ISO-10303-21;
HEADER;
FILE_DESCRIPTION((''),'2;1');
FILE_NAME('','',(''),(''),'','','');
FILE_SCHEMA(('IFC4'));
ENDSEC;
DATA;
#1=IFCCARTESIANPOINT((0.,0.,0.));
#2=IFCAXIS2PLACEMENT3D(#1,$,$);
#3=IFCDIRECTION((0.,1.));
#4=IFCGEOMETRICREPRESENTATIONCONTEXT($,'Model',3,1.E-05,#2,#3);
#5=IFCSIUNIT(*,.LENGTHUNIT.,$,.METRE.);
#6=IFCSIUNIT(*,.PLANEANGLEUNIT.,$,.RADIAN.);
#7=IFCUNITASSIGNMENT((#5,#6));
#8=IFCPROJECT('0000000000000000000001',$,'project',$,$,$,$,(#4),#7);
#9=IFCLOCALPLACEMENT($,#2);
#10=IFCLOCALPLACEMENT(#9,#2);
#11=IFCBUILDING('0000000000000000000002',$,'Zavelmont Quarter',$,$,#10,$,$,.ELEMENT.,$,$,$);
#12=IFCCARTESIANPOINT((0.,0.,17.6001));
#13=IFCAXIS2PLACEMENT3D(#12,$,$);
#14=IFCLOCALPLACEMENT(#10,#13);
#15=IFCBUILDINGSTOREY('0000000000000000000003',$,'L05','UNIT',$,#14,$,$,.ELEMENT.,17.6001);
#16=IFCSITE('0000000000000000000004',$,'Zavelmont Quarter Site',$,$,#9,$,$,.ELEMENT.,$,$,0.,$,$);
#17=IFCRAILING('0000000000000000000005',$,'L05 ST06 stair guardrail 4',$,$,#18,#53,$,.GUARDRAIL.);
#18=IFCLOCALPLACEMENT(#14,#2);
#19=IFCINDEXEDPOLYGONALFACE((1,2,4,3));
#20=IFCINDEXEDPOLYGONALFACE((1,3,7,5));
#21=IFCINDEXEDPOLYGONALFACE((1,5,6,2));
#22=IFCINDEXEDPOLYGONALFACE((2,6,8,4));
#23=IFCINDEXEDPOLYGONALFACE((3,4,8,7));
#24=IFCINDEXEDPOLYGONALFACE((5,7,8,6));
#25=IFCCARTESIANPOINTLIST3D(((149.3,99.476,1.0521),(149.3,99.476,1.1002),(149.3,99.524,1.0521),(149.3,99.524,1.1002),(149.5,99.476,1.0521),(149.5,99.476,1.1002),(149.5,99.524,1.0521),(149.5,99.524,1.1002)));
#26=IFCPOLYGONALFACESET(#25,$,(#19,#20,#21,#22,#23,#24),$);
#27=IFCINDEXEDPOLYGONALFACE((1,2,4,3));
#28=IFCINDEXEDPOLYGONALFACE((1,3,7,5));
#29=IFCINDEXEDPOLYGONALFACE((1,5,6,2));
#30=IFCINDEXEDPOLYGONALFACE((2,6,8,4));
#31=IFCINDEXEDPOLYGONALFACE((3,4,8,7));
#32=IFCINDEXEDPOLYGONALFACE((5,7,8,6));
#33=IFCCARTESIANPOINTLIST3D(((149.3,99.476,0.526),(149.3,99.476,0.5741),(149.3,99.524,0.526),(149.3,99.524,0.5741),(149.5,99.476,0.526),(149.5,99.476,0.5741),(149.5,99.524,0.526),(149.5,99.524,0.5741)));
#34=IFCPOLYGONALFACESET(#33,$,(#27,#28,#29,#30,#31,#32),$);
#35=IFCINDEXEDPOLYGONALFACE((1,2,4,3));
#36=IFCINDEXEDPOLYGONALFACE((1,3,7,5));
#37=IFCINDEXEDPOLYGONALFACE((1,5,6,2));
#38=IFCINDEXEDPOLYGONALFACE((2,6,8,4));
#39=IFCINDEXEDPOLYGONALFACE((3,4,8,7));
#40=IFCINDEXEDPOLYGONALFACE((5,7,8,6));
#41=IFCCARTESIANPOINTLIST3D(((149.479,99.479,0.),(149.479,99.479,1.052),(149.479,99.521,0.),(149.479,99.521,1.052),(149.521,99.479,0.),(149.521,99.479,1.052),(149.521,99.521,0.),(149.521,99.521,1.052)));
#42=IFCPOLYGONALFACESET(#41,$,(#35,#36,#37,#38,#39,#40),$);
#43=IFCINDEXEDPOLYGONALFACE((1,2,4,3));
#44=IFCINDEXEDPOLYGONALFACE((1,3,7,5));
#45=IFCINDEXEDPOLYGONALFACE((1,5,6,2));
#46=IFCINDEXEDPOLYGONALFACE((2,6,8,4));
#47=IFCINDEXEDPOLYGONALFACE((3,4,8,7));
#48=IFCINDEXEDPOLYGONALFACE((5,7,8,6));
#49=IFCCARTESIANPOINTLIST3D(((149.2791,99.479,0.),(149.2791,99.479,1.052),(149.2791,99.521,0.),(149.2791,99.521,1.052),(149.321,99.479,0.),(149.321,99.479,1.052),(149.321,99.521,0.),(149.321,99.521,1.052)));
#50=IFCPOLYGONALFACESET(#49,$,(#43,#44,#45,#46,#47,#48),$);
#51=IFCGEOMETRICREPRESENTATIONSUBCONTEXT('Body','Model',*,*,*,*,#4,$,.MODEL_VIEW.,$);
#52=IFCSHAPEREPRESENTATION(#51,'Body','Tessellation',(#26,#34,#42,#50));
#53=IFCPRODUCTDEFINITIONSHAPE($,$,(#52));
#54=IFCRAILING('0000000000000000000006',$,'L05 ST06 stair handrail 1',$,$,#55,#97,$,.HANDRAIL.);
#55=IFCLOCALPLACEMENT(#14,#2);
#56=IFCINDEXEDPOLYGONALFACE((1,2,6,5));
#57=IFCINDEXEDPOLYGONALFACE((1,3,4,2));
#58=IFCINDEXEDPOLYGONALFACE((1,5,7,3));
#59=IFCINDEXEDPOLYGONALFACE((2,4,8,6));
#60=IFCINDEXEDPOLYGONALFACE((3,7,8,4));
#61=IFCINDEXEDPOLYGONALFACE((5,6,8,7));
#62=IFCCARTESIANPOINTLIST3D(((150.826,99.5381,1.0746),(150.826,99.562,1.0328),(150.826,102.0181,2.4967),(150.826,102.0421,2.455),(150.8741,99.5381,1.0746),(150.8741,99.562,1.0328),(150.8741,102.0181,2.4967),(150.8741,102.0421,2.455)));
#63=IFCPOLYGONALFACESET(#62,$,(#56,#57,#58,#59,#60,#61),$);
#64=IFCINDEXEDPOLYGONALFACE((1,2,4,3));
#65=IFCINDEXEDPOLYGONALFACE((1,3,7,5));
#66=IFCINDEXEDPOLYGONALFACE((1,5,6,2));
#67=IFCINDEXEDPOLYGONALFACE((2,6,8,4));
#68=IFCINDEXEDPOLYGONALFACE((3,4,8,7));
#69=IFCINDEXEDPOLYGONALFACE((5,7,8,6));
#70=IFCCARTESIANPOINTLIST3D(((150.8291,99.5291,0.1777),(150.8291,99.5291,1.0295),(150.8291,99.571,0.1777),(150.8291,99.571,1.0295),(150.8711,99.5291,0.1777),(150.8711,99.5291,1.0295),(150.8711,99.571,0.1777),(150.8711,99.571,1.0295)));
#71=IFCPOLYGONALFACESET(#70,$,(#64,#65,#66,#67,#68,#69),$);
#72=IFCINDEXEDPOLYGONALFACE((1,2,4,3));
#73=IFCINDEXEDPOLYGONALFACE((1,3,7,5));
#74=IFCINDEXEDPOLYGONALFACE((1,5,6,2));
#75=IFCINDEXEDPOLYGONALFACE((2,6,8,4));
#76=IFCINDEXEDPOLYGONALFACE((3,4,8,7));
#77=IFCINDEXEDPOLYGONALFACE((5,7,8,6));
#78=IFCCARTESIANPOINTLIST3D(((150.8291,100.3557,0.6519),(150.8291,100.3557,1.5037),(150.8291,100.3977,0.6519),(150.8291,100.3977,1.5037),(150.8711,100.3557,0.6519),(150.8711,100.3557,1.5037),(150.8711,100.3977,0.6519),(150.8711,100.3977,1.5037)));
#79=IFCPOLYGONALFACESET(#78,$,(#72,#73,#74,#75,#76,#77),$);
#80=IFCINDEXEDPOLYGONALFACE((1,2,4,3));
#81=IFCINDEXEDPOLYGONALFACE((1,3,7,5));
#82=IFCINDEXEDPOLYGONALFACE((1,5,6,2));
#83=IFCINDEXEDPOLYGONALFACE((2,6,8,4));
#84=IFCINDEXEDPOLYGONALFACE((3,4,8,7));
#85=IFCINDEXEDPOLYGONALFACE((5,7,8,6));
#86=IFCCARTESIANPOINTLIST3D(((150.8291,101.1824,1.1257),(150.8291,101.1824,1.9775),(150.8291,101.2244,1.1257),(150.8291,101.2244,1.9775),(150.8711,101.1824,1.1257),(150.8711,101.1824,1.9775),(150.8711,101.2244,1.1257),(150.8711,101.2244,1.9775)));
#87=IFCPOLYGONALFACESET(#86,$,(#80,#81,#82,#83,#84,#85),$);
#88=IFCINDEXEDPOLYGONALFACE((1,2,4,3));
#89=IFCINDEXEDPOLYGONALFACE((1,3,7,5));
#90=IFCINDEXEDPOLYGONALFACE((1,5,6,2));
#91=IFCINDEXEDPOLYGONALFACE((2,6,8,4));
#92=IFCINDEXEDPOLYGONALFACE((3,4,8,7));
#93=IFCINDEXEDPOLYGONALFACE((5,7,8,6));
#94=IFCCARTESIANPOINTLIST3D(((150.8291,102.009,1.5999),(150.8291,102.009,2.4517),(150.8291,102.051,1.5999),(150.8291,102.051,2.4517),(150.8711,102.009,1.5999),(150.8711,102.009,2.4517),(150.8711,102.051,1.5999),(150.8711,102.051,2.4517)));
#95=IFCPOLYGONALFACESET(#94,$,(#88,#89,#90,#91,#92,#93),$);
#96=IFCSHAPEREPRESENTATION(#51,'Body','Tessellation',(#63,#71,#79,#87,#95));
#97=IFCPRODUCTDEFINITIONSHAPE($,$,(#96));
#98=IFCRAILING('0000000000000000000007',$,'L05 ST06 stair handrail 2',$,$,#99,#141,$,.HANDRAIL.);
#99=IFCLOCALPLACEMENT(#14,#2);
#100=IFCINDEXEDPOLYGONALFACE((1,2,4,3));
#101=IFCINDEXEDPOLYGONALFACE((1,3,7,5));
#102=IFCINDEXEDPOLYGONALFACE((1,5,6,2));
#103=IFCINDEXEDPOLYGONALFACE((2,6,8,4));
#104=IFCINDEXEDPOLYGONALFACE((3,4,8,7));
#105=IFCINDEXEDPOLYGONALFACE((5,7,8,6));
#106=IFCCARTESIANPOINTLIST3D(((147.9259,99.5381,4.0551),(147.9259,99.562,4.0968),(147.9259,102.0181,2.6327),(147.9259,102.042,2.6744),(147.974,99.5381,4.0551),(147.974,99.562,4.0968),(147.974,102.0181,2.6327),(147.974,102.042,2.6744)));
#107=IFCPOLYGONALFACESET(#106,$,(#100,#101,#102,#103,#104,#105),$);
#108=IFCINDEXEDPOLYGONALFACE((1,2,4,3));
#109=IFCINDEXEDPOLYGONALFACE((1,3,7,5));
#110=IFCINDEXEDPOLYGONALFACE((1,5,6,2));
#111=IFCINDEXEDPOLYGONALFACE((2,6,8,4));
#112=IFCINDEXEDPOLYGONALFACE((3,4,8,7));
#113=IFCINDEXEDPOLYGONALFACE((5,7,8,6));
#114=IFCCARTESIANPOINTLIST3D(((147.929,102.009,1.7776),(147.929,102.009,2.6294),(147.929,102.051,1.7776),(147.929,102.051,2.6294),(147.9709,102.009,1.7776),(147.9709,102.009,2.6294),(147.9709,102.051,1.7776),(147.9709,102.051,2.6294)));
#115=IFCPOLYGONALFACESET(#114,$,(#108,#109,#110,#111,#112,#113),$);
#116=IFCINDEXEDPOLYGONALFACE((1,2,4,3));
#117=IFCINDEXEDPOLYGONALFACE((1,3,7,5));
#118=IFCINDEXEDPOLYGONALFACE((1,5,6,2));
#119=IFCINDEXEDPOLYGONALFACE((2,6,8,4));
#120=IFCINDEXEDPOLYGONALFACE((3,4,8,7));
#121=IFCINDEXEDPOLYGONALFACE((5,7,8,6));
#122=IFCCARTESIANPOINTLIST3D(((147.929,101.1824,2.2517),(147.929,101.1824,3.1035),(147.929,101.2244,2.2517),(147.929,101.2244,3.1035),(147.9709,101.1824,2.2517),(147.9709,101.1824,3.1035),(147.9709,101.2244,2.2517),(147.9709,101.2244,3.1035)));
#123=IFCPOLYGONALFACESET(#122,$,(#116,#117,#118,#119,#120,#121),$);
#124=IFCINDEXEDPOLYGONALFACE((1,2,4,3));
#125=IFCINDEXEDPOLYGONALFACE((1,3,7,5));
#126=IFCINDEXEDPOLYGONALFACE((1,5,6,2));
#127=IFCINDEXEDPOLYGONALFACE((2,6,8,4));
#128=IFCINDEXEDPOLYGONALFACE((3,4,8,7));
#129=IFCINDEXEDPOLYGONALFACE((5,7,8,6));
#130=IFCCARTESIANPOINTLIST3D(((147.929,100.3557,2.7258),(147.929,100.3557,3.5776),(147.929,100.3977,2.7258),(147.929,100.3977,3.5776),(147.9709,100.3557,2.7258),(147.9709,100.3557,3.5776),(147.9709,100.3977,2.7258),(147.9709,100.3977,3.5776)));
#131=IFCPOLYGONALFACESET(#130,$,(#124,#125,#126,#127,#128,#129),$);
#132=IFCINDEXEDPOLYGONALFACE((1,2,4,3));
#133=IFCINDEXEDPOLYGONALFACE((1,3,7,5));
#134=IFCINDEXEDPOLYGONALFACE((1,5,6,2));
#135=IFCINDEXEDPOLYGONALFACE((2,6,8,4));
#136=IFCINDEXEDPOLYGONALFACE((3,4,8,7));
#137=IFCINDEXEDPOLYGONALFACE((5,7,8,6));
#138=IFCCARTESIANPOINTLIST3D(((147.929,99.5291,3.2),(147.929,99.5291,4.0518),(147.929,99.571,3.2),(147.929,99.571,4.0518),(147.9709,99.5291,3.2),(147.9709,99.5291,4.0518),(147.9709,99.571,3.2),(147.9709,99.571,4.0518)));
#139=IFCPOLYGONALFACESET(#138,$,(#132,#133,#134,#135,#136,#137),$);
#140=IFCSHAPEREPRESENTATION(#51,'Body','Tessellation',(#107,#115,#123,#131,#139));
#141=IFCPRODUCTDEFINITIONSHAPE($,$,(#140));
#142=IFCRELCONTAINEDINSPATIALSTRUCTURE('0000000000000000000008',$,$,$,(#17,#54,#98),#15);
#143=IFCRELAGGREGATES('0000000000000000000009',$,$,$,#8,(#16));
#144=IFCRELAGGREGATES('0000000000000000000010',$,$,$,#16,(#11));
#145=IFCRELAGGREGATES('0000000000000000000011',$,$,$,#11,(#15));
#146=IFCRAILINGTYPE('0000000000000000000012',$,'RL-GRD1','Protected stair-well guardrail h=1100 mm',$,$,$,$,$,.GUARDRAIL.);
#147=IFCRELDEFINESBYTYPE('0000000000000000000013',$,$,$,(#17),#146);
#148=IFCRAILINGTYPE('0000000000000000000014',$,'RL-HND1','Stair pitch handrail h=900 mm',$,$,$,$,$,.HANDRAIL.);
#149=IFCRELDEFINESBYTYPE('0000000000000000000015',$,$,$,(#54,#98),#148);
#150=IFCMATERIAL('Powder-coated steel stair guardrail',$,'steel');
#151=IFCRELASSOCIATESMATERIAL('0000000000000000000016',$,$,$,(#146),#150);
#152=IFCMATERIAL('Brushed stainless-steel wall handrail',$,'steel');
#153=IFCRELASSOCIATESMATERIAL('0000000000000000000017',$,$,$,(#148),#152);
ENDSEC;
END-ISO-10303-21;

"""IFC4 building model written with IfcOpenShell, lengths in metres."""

from ifc_helpers import new_model, si_unit, direction, frame, origin, origin_2d, place, context, subcontext, project, spatial, rectangle, extrude, material, type_object, element, save


model = new_model("IFC4")

# Units and contexts
model_context = context("Model", 3, precision=1e-05, world=origin(), true_north=direction((0.0, 1.0)))
body_context = subcontext(model_context, "Body", "Model", "MODEL_VIEW")
ifc_project = project(units=[si_unit("LENGTHUNIT", "METRE"), si_unit("PLANEANGLEUNIT", "RADIAN")], contexts=[model_context])

# Site, building, storey
site_placement = place(None, origin())
site = spatial("IfcSite", under=ifc_project, at=site_placement, Name="Zavelmont Quarter Site", CompositionType="ELEMENT", RefElevation=0.0)
building_placement = place(site_placement, origin())
building = spatial("IfcBuilding", under=site, at=building_placement, Name="Zavelmont Quarter", CompositionType="ELEMENT")
storey_placement = place(building_placement, frame((0.0, 0.0, 17.6001)))
storey = spatial("IfcBuildingStorey", under=building, at=storey_placement, Name="L05", Description="UNIT", CompositionType="ELEMENT", Elevation=17.6001)

# Railings
ifc_material_1 = material(Name="Powder-coated steel stair guardrail", Category="steel")
railing_type_1 = type_object("IfcRailingType", Name="RL-GRD1", Description="Protected stair-well guardrail h=1100 mm", PredefinedType="GUARDRAIL", material=ifc_material_1)
railing_1_placement = place(storey_placement, frame((149.5, 99.5, 0.0)))
element("IfcRailing", 1, at=railing_1_placement, inside=storey, type_object=railing_type_1, Name="L05 ST06 stair guardrail 4", PredefinedType="GUARDRAIL", context=body_context, shape_type="SweptSolid", body=[
    extrude(rectangle(XDim=0.0481, YDim=0.0481, at=origin_2d()), frame((0.0, 0.0, 1.0762), z_axis=(-1.0, 0.0, 0.0), x_axis=(0.0, -1.0, 0.0)), (0.0, 0.0, 1.0), 0.2),
    extrude(rectangle(XDim=0.0481, YDim=0.0481, at=origin_2d()), frame((0.0, 0.0, 0.55), z_axis=(-1.0, 0.0, 0.0), x_axis=(0.0, -1.0, 0.0)), (0.0, 0.0, 1.0), 0.2),
    extrude(rectangle(XDim=0.042, YDim=0.042, at=origin_2d()), origin(), (0.0, 0.0, 1.0), 1.052),
    extrude(rectangle(XDim=0.042, YDim=0.042, at=origin_2d()), frame((-0.2, 0.0, 0.0)), (0.0, 0.0, 1.0), 1.052),
])
ifc_material_2 = material(Name="Brushed stainless-steel wall handrail", Category="steel")
railing_type_2 = type_object("IfcRailingType", Name="RL-HND1", Description="Stair pitch handrail h=900 mm", PredefinedType="HANDRAIL", material=ifc_material_2)
railing_2_placement = place(storey_placement, frame((150.8501, 99.55, 0.1777)))
element("IfcRailing", 2, at=railing_2_placement, inside=storey, type_object=railing_type_2, Name="L05 ST06 stair handrail 1", PredefinedType="HANDRAIL", context=body_context, shape_type="SweptSolid", body=[
    extrude(rectangle(XDim=0.0481, YDim=0.0481, at=origin_2d()), frame((0.0, 0.0, 0.876), z_axis=(0.0, 0.867491, 0.497454), x_axis=(-1.0, 0.0, 0.0)), (0.0, 0.0, 1.0), 2.8589),
    extrude(rectangle(XDim=0.042, YDim=0.042, at=origin_2d()), origin(), (0.0, 0.0, 1.0), 0.8518),
    extrude(rectangle(XDim=0.042, YDim=0.042, at=origin_2d()), frame((0.0, 0.8267, 0.4741)), (0.0, 0.0, 1.0), 0.8518),
    extrude(rectangle(XDim=0.042, YDim=0.042, at=origin_2d()), frame((0.0, 1.6533, 0.948)), (0.0, 0.0, 1.0), 0.8518),
    extrude(rectangle(XDim=0.042, YDim=0.042, at=origin_2d()), frame((0.0, 2.48, 1.4221)), (0.0, 0.0, 1.0), 0.8518),
])
railing_3_placement = place(storey_placement, frame((147.95, 102.03, 1.7776)))
element("IfcRailing", 3, at=railing_3_placement, inside=storey, type_object=railing_type_2, Name="L05 ST06 stair handrail 2", PredefinedType="HANDRAIL", context=body_context, shape_type="SweptSolid", body=[
    extrude(rectangle(XDim=0.0481, YDim=0.0481, at=origin_2d()), frame((0.0, 0.0, 0.876), z_axis=(0.0, -0.867454, 0.497518), x_axis=(1.0, 0.0, 0.0)), (0.0, 0.0, 1.0), 2.8589),
    extrude(rectangle(XDim=0.042, YDim=0.042, at=origin_2d()), origin(), (0.0, 0.0, 1.0), 0.8518),
    extrude(rectangle(XDim=0.042, YDim=0.042, at=origin_2d()), frame((0.0, -0.8267, 0.4741)), (0.0, 0.0, 1.0), 0.8518),
    extrude(rectangle(XDim=0.042, YDim=0.042, at=origin_2d()), frame((0.0, -1.6533, 0.9482)), (0.0, 0.0, 1.0), 0.8518),
    extrude(rectangle(XDim=0.042, YDim=0.042, at=origin_2d()), frame((0.0, -2.48, 1.4224)), (0.0, 0.0, 1.0), 0.8518),
])

save(model, "model.ifc")
